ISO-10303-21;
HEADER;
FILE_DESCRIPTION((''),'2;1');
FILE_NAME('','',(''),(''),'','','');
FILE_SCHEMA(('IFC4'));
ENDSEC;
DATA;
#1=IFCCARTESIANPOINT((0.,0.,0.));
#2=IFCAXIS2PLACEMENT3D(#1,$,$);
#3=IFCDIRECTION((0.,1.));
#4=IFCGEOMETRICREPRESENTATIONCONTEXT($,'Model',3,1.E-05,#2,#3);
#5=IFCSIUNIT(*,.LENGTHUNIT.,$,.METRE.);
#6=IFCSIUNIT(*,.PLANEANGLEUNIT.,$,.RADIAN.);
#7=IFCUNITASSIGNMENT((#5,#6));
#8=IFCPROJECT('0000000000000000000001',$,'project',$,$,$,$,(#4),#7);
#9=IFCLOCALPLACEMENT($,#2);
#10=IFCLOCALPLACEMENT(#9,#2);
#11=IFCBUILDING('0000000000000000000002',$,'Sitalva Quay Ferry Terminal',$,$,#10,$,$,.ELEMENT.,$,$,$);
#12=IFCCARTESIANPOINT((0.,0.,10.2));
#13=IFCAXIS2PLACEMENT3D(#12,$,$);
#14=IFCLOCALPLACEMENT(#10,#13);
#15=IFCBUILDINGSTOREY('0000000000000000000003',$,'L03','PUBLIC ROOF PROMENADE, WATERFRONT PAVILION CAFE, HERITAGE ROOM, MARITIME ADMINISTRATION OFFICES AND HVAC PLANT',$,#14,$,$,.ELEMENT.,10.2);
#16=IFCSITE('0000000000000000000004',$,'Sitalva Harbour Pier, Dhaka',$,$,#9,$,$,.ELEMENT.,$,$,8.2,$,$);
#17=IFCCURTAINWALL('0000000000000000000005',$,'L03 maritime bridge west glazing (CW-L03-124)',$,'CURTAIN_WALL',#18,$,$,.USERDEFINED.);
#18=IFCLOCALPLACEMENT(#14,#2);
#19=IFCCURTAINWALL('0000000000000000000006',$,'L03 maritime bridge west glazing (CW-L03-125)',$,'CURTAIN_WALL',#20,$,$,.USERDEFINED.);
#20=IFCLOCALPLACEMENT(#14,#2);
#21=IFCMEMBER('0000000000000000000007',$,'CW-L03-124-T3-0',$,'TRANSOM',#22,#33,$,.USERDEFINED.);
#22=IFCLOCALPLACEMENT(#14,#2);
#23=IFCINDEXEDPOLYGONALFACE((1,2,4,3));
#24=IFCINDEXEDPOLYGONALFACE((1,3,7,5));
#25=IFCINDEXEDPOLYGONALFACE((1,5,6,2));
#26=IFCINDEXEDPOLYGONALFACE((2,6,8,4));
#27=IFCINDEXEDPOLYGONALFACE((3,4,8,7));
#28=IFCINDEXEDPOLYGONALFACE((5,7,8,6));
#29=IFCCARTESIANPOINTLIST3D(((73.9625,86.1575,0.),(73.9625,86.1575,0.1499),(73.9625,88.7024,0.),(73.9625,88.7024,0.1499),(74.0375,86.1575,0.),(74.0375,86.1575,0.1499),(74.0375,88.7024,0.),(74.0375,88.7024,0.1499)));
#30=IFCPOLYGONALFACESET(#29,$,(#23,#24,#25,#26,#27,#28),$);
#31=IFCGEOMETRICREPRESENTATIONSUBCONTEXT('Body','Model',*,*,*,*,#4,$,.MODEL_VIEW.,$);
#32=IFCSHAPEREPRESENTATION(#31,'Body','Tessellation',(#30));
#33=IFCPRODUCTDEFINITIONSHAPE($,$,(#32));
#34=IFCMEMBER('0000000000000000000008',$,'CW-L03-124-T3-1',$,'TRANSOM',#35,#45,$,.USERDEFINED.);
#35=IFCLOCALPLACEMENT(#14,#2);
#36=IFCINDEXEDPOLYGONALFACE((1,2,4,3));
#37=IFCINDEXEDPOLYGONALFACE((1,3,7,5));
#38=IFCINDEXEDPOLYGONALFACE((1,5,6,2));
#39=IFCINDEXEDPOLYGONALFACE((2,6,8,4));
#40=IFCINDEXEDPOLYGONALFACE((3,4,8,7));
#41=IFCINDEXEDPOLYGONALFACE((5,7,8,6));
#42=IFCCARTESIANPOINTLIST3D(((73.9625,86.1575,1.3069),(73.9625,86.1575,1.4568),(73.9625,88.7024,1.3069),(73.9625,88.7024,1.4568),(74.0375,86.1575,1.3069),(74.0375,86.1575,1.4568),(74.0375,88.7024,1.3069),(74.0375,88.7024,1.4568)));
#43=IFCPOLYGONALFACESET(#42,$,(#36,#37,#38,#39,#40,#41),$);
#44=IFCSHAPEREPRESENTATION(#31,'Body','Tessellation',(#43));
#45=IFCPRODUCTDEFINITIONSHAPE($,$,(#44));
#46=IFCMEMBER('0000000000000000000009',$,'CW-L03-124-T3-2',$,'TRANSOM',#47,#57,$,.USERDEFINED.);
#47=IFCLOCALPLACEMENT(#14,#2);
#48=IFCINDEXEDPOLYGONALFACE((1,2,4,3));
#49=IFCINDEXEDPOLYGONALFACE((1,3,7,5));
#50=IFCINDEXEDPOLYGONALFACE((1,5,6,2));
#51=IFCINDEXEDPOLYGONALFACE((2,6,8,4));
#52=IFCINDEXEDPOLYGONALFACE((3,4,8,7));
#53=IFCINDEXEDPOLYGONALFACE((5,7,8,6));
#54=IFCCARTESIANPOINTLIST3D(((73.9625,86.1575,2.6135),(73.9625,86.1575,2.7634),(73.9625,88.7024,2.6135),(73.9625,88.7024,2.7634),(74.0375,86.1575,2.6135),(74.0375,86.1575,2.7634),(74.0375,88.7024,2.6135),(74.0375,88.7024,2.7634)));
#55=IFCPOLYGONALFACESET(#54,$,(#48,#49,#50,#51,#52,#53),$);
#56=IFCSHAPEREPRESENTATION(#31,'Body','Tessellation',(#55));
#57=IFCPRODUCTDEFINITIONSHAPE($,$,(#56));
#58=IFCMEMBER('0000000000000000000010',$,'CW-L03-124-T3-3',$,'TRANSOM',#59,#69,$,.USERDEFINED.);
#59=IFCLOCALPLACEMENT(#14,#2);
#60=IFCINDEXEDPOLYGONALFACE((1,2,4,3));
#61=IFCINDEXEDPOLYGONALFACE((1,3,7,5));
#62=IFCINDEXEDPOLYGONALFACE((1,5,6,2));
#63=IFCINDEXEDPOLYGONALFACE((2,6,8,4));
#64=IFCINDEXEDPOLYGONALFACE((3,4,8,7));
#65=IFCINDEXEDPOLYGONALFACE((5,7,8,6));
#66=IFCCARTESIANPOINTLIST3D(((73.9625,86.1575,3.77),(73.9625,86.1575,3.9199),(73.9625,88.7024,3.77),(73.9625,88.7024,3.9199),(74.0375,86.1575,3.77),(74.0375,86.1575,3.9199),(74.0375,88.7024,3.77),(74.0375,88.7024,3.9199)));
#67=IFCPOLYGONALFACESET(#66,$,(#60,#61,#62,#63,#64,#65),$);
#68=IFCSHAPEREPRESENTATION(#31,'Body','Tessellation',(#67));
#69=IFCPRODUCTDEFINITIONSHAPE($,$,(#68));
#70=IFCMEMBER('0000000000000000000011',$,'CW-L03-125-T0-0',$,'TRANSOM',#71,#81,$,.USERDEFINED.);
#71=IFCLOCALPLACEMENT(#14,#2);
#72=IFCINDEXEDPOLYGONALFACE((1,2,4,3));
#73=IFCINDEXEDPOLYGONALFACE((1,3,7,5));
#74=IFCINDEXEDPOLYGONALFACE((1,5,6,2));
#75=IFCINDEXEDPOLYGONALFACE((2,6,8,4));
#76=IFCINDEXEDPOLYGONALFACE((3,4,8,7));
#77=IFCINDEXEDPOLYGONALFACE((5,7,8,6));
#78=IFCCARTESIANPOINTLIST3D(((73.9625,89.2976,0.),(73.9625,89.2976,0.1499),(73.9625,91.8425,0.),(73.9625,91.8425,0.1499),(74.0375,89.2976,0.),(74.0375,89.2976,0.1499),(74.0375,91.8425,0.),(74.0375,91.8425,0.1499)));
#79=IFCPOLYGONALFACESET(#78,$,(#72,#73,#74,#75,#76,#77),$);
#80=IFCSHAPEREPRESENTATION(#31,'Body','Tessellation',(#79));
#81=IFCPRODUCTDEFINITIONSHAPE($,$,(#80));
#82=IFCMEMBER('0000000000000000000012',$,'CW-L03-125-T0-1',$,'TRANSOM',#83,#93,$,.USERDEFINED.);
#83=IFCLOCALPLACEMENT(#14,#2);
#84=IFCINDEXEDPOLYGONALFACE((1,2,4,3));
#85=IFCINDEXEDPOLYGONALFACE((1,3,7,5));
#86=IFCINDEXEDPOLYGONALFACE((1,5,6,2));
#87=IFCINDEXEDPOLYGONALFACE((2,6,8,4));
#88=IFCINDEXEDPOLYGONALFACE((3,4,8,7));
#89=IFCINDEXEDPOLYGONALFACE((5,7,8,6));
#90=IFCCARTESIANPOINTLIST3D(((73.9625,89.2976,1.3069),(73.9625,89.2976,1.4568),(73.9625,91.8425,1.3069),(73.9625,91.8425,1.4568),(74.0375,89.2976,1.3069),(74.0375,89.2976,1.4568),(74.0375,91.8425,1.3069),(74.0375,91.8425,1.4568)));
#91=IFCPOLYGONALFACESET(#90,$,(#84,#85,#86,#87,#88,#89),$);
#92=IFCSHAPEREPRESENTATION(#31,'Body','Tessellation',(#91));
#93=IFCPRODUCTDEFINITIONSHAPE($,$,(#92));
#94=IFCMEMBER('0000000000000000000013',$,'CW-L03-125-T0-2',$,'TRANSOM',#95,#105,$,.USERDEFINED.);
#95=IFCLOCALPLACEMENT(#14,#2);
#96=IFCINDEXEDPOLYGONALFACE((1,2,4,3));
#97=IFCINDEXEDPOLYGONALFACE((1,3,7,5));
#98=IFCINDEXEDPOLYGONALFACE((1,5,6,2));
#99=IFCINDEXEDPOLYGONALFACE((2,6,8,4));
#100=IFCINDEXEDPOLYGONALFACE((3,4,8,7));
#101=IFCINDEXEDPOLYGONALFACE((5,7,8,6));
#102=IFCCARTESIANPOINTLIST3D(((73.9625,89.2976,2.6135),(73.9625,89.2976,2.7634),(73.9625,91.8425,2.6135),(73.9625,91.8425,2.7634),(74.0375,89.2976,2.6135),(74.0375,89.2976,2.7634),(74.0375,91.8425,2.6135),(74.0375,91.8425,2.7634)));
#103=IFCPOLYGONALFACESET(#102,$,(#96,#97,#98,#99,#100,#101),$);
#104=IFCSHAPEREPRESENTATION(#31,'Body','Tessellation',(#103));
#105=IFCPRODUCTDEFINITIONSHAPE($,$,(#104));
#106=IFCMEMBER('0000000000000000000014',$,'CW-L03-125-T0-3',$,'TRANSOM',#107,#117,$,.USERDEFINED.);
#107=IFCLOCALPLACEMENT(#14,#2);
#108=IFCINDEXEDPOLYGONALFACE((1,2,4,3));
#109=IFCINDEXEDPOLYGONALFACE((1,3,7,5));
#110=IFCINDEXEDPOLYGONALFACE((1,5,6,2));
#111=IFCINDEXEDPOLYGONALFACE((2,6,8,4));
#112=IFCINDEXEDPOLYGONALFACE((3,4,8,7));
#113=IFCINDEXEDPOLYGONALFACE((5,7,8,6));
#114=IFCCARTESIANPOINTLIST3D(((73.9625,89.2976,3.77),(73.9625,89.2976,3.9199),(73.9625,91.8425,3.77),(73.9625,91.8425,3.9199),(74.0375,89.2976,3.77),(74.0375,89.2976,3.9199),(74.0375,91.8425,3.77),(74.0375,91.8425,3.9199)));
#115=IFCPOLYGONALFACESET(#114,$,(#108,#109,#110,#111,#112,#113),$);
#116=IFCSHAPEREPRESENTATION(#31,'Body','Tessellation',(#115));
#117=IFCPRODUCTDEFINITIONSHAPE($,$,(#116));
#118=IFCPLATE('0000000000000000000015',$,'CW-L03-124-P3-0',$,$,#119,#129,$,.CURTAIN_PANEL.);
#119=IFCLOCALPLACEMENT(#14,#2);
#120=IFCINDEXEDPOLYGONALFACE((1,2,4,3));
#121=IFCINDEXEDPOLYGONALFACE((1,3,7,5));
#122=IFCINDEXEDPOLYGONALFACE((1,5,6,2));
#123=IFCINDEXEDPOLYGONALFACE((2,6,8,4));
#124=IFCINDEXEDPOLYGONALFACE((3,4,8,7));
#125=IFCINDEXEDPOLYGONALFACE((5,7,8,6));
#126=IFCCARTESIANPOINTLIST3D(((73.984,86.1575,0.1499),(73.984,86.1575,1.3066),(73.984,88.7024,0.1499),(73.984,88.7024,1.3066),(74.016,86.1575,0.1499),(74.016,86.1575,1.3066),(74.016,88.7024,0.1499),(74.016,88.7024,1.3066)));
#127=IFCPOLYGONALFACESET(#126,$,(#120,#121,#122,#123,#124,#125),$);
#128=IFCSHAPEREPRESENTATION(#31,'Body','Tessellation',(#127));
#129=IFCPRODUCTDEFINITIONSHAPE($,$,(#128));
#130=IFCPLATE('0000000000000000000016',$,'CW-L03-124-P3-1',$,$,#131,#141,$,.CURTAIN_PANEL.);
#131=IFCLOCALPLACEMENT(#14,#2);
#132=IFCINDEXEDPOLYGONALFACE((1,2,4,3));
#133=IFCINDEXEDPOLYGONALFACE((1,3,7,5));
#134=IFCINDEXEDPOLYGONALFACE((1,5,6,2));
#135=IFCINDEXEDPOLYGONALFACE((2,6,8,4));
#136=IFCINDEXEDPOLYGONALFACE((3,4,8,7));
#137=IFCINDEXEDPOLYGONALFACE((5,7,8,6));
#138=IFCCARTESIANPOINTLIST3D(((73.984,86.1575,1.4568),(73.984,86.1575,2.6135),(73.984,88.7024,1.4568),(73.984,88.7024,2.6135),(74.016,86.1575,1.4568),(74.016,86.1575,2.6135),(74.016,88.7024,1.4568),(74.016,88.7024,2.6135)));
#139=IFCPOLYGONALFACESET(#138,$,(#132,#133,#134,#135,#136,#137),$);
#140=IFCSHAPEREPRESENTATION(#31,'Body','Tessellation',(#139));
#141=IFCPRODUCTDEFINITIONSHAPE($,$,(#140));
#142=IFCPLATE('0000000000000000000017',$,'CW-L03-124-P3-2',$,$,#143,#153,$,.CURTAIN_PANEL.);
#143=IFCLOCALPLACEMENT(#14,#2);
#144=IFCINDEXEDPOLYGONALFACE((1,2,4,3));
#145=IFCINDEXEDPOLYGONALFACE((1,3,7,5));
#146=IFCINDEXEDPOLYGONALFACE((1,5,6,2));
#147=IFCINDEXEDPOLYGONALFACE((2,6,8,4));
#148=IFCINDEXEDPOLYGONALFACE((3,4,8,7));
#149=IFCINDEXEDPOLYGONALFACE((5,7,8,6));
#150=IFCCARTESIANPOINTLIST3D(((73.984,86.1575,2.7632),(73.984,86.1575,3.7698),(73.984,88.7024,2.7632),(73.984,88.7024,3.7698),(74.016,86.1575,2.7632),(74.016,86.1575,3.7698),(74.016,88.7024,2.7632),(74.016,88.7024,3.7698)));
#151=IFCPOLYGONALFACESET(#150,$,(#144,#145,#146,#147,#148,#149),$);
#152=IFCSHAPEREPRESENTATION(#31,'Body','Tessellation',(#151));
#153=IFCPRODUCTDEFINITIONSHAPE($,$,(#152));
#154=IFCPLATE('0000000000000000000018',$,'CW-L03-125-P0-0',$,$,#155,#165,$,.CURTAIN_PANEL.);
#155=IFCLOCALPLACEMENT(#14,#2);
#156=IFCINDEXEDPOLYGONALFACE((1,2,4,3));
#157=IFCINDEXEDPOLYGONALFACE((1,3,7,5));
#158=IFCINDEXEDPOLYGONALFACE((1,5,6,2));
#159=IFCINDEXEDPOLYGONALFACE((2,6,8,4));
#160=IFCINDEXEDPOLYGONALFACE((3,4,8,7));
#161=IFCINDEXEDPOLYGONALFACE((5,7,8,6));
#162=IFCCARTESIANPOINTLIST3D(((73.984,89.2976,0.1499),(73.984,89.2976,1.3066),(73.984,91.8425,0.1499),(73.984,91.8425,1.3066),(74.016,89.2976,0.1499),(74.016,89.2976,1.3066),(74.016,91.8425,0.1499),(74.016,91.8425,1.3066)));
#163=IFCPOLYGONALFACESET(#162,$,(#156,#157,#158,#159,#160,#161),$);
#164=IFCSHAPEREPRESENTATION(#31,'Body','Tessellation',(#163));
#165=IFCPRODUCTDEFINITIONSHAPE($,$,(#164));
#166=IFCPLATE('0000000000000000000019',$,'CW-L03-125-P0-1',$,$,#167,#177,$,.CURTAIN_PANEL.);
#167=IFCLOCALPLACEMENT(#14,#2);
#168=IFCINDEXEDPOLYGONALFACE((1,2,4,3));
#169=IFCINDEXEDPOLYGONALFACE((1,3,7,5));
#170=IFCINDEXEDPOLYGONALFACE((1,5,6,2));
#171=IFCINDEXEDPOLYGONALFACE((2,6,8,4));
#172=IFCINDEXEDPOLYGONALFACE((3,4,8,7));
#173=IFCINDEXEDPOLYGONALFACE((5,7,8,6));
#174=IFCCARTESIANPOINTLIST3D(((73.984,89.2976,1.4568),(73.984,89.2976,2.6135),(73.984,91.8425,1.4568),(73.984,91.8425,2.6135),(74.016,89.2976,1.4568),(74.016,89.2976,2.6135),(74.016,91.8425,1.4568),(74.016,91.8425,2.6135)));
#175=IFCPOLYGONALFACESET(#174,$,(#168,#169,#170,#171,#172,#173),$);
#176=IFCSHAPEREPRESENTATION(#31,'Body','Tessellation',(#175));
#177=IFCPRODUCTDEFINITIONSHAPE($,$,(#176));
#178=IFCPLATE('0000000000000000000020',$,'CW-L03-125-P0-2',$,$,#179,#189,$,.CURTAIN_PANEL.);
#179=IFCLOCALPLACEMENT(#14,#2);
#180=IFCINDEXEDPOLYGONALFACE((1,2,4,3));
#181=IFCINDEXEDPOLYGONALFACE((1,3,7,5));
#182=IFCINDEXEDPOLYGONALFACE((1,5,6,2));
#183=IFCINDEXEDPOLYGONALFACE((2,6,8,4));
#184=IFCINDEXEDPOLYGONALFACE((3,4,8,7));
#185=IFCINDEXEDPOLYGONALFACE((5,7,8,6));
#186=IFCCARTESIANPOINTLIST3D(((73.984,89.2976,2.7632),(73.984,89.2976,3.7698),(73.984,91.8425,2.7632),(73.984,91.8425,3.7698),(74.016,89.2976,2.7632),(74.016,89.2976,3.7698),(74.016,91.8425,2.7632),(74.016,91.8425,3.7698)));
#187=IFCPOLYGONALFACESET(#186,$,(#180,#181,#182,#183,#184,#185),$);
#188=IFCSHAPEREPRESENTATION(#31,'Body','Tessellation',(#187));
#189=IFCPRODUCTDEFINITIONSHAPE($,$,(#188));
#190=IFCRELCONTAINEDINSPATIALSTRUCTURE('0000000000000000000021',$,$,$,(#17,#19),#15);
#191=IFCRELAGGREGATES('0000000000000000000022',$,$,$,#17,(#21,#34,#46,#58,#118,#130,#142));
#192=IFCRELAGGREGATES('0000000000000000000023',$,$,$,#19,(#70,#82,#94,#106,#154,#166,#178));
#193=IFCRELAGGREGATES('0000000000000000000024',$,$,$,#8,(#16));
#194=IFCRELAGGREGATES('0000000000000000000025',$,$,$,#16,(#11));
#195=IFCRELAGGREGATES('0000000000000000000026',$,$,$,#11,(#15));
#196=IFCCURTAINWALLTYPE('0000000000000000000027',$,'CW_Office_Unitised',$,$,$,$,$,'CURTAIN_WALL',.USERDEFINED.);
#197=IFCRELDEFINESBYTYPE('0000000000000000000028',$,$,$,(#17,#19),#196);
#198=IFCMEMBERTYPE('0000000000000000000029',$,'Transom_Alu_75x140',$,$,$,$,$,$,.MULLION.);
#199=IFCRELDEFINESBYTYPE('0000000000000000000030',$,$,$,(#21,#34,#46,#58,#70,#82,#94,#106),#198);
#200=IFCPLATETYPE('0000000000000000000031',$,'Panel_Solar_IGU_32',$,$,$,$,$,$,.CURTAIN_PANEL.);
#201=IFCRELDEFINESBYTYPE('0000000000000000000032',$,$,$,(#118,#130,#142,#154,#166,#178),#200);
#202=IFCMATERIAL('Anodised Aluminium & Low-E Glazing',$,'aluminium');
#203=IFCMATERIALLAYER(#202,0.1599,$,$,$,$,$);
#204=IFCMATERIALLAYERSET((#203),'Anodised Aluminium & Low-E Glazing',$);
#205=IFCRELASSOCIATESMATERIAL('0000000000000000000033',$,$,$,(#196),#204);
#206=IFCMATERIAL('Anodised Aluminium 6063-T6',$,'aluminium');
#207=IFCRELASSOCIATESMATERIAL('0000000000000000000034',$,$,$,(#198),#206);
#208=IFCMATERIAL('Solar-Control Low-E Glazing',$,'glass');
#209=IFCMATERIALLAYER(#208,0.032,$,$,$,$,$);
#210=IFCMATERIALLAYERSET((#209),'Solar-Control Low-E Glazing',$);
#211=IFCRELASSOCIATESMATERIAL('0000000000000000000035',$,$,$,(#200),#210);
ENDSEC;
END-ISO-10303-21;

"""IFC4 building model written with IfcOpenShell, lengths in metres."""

from ifc_helpers import new_model, si_unit, direction, frame, origin, origin_2d, place, context, subcontext, project, spatial, rectangle, extrude, material, layer, layer_set, material_profile, profile_set, type_object, element, aggregate, save


model = new_model("IFC4")

# Units and contexts
model_context = context("Model", 3, precision=1e-05, world=origin(), true_north=direction((0.0, 1.0)))
body_context = subcontext(model_context, "Body", "Model", "MODEL_VIEW")
ifc_project = project(units=[si_unit("LENGTHUNIT", "METRE"), si_unit("PLANEANGLEUNIT", "RADIAN")], contexts=[model_context])

# Site, building, storey
site_placement = place(None, origin())
site = spatial("IfcSite", under=ifc_project, at=site_placement, Name="Sitalva Harbour Pier, Dhaka", CompositionType="ELEMENT", RefElevation=8.2)
building_placement = place(site_placement, origin())
building = spatial("IfcBuilding", under=site, at=building_placement, Name="Sitalva Quay Ferry Terminal", CompositionType="ELEMENT")
storey_placement = place(building_placement, frame((0.0, 0.0, 10.2)))
storey = spatial("IfcBuildingStorey", under=building, at=storey_placement, Name="L03", Description="PUBLIC ROOF PROMENADE, WATERFRONT PAVILION CAFE, HERITAGE ROOM, MARITIME ADMINISTRATION OFFICES AND HVAC PLANT", CompositionType="ELEMENT", Elevation=10.2)

# Curtain wall
ifc_material_1 = material(Name="Anodised Aluminium & Low-E Glazing", Category="aluminium")
ifc_layer_1 = layer(ifc_material_1, 0.1599)
ifc_layer_set_1 = layer_set([ifc_layer_1], Name="Anodised Aluminium & Low-E Glazing")
curtain_wall_type = type_object("IfcCurtainWallType", Name="CW_Office_Unitised", ElementType="CURTAIN_WALL", PredefinedType="USERDEFINED", material=ifc_layer_set_1)
curtain_wall_1_placement = place(storey_placement, origin())
curtain_wall_1 = element("IfcCurtainWall", 1, at=curtain_wall_1_placement, inside=storey, type_object=curtain_wall_type, Name="L03 maritime bridge west glazing (CW-L03-124)", ObjectType="CURTAIN_WALL", PredefinedType="USERDEFINED")

# Curtain wall
curtain_wall_2_placement = place(storey_placement, origin())
curtain_wall_2 = element("IfcCurtainWall", 2, at=curtain_wall_2_placement, inside=storey, type_object=curtain_wall_type, Name="L03 maritime bridge west glazing (CW-L03-125)", ObjectType="CURTAIN_WALL", PredefinedType="USERDEFINED")

# Members
ifc_material_2 = material(Name="Anodised Aluminium 6063-T6", Category="aluminium")
ifc_material_profile_1 = material_profile(ifc_material_2, rectangle(XDim=0.075, YDim=0.1499, at=origin_2d()), Name="ALU75x150")
ifc_profile_set_1 = profile_set([ifc_material_profile_1], Name="Anodised Aluminium 6063-T6")
member_type_1 = type_object("IfcMemberType", Name="Transom_Alu_75x140", PredefinedType="MULLION", material=ifc_profile_set_1)
member_1_placement = place(storey_placement, frame((74.0, 86.1575, 0.075), z_axis=(0.0, 1.0, 0.0), x_axis=(-1.0, 0.0, 0.0)))
member_1 = element("IfcMember", 3, at=member_1_placement, type_object=member_type_1, Name="CW-L03-124-T3-0", ObjectType="TRANSOM", PredefinedType="USERDEFINED", context=body_context, shape_type="SweptSolid", body=[
    extrude(rectangle(XDim=0.075, YDim=0.1499, at=origin_2d()), origin(), (0.0, 0.0, 1.0), 2.5449),
])
member_2_placement = place(storey_placement, frame((74.0, 86.1575, 1.3818), z_axis=(0.0, 1.0, 0.0), x_axis=(-1.0, 0.0, 0.0)))
member_2 = element("IfcMember", 4, at=member_2_placement, type_object=member_type_1, Name="CW-L03-124-T3-1", ObjectType="TRANSOM", PredefinedType="USERDEFINED", context=body_context, shape_type="SweptSolid", body=[
    extrude(rectangle(XDim=0.075, YDim=0.1499, at=origin_2d()), origin(), (0.0, 0.0, 1.0), 2.5449),
])
member_3_placement = place(storey_placement, frame((74.0, 86.1575, 2.6885), z_axis=(0.0, 1.0, 0.0), x_axis=(-1.0, 0.0, 0.0)))
member_3 = element("IfcMember", 5, at=member_3_placement, type_object=member_type_1, Name="CW-L03-124-T3-2", ObjectType="TRANSOM", PredefinedType="USERDEFINED", context=body_context, shape_type="SweptSolid", body=[
    extrude(rectangle(XDim=0.075, YDim=0.1499, at=origin_2d()), origin(), (0.0, 0.0, 1.0), 2.5449),
])
member_4_placement = place(storey_placement, frame((74.0, 86.1575, 3.845), z_axis=(0.0, 1.0, 0.0), x_axis=(-1.0, 0.0, 0.0)))
member_4 = element("IfcMember", 6, at=member_4_placement, type_object=member_type_1, Name="CW-L03-124-T3-3", ObjectType="TRANSOM", PredefinedType="USERDEFINED", context=body_context, shape_type="SweptSolid", body=[
    extrude(rectangle(XDim=0.075, YDim=0.1499, at=origin_2d()), origin(), (0.0, 0.0, 1.0), 2.5449),
])
member_5_placement = place(storey_placement, frame((74.0, 89.2976, 0.075), z_axis=(0.0, 1.0, 0.0), x_axis=(-1.0, 0.0, 0.0)))
member_5 = element("IfcMember", 7, at=member_5_placement, type_object=member_type_1, Name="CW-L03-125-T0-0", ObjectType="TRANSOM", PredefinedType="USERDEFINED", context=body_context, shape_type="SweptSolid", body=[
    extrude(rectangle(XDim=0.075, YDim=0.1499, at=origin_2d()), origin(), (0.0, 0.0, 1.0), 2.5449),
])
member_6_placement = place(storey_placement, frame((74.0, 89.2976, 1.3818), z_axis=(0.0, 1.0, 0.0), x_axis=(-1.0, 0.0, 0.0)))
member_6 = element("IfcMember", 8, at=member_6_placement, type_object=member_type_1, Name="CW-L03-125-T0-1", ObjectType="TRANSOM", PredefinedType="USERDEFINED", context=body_context, shape_type="SweptSolid", body=[
    extrude(rectangle(XDim=0.075, YDim=0.1499, at=origin_2d()), origin(), (0.0, 0.0, 1.0), 2.5449),
])
member_7_placement = place(storey_placement, frame((74.0, 89.2976, 2.6885), z_axis=(0.0, 1.0, 0.0), x_axis=(-1.0, 0.0, 0.0)))
member_7 = element("IfcMember", 9, at=member_7_placement, type_object=member_type_1, Name="CW-L03-125-T0-2", ObjectType="TRANSOM", PredefinedType="USERDEFINED", context=body_context, shape_type="SweptSolid", body=[
    extrude(rectangle(XDim=0.075, YDim=0.1499, at=origin_2d()), origin(), (0.0, 0.0, 1.0), 2.5449),
])
member_8_placement = place(storey_placement, frame((74.0, 89.2976, 3.845), z_axis=(0.0, 1.0, 0.0), x_axis=(-1.0, 0.0, 0.0)))
member_8 = element("IfcMember", 10, at=member_8_placement, type_object=member_type_1, Name="CW-L03-125-T0-3", ObjectType="TRANSOM", PredefinedType="USERDEFINED", context=body_context, shape_type="SweptSolid", body=[
    extrude(rectangle(XDim=0.075, YDim=0.1499, at=origin_2d()), origin(), (0.0, 0.0, 1.0), 2.5449),
])

# Plates
ifc_material_3 = material(Name="Solar-Control Low-E Glazing", Category="glass")
ifc_layer_2 = layer(ifc_material_3, 0.032)
ifc_layer_set_2 = layer_set([ifc_layer_2], Name="Solar-Control Low-E Glazing")
plate_type = type_object("IfcPlateType", Name="Panel_Solar_IGU_32", PredefinedType="CURTAIN_PANEL", material=ifc_layer_set_2)
plate_1_placement = place(storey_placement, frame((74.0, 87.4299, 0.1499), z_axis=(0.0, 0.0, 1.0), x_axis=(0.0, 1.0, 0.0)))
plate_1 = element("IfcPlate", 11, at=plate_1_placement, type_object=plate_type, Name="CW-L03-124-P3-0", PredefinedType="CURTAIN_PANEL", context=body_context, shape_type="SweptSolid", body=[
    extrude(rectangle(XDim=2.5449, YDim=0.032, at=origin_2d()), origin(), (0.0, 0.0, 1.0), 1.1567),
])
plate_2_placement = place(storey_placement, frame((74.0, 87.4299, 1.4568), z_axis=(0.0, 0.0, 1.0), x_axis=(0.0, 1.0, 0.0)))
plate_2 = element("IfcPlate", 12, at=plate_2_placement, type_object=plate_type, Name="CW-L03-124-P3-1", PredefinedType="CURTAIN_PANEL", context=body_context, shape_type="SweptSolid", body=[
    extrude(rectangle(XDim=2.5449, YDim=0.032, at=origin_2d()), origin(), (0.0, 0.0, 1.0), 1.1567),
])
plate_3_placement = place(storey_placement, frame((74.0, 87.4299, 2.7632), z_axis=(0.0, 0.0, 1.0), x_axis=(0.0, 1.0, 0.0)))
plate_3 = element("IfcPlate", 13, at=plate_3_placement, type_object=plate_type, Name="CW-L03-124-P3-2", PredefinedType="CURTAIN_PANEL", context=body_context, shape_type="SweptSolid", body=[
    extrude(rectangle(XDim=2.5449, YDim=0.032, at=origin_2d()), origin(), (0.0, 0.0, 1.0), 1.0066),
])
aggregate(curtain_wall_1, [member_1, member_2, member_3, member_4, plate_1, plate_2, plate_3])
plate_4_placement = place(storey_placement, frame((74.0, 90.5701, 0.1499), z_axis=(0.0, 0.0, 1.0), x_axis=(0.0, 1.0, 0.0)))
plate_4 = element("IfcPlate", 14, at=plate_4_placement, type_object=plate_type, Name="CW-L03-125-P0-0", PredefinedType="CURTAIN_PANEL", context=body_context, shape_type="SweptSolid", body=[
    extrude(rectangle(XDim=2.5449, YDim=0.032, at=origin_2d()), origin(), (0.0, 0.0, 1.0), 1.1567),
])
plate_5_placement = place(storey_placement, frame((74.0, 90.5701, 1.4568), z_axis=(0.0, 0.0, 1.0), x_axis=(0.0, 1.0, 0.0)))
plate_5 = element("IfcPlate", 15, at=plate_5_placement, type_object=plate_type, Name="CW-L03-125-P0-1", PredefinedType="CURTAIN_PANEL", context=body_context, shape_type="SweptSolid", body=[
    extrude(rectangle(XDim=2.5449, YDim=0.032, at=origin_2d()), origin(), (0.0, 0.0, 1.0), 1.1567),
])
plate_6_placement = place(storey_placement, frame((74.0, 90.5701, 2.7632), z_axis=(0.0, 0.0, 1.0), x_axis=(0.0, 1.0, 0.0)))
plate_6 = element("IfcPlate", 16, at=plate_6_placement, type_object=plate_type, Name="CW-L03-125-P0-2", PredefinedType="CURTAIN_PANEL", context=body_context, shape_type="SweptSolid", body=[
    extrude(rectangle(XDim=2.5449, YDim=0.032, at=origin_2d()), origin(), (0.0, 0.0, 1.0), 1.0066),
])
aggregate(curtain_wall_2, [member_5, member_6, member_7, member_8, plate_4, plate_5, plate_6])

save(model, "model.ifc")
